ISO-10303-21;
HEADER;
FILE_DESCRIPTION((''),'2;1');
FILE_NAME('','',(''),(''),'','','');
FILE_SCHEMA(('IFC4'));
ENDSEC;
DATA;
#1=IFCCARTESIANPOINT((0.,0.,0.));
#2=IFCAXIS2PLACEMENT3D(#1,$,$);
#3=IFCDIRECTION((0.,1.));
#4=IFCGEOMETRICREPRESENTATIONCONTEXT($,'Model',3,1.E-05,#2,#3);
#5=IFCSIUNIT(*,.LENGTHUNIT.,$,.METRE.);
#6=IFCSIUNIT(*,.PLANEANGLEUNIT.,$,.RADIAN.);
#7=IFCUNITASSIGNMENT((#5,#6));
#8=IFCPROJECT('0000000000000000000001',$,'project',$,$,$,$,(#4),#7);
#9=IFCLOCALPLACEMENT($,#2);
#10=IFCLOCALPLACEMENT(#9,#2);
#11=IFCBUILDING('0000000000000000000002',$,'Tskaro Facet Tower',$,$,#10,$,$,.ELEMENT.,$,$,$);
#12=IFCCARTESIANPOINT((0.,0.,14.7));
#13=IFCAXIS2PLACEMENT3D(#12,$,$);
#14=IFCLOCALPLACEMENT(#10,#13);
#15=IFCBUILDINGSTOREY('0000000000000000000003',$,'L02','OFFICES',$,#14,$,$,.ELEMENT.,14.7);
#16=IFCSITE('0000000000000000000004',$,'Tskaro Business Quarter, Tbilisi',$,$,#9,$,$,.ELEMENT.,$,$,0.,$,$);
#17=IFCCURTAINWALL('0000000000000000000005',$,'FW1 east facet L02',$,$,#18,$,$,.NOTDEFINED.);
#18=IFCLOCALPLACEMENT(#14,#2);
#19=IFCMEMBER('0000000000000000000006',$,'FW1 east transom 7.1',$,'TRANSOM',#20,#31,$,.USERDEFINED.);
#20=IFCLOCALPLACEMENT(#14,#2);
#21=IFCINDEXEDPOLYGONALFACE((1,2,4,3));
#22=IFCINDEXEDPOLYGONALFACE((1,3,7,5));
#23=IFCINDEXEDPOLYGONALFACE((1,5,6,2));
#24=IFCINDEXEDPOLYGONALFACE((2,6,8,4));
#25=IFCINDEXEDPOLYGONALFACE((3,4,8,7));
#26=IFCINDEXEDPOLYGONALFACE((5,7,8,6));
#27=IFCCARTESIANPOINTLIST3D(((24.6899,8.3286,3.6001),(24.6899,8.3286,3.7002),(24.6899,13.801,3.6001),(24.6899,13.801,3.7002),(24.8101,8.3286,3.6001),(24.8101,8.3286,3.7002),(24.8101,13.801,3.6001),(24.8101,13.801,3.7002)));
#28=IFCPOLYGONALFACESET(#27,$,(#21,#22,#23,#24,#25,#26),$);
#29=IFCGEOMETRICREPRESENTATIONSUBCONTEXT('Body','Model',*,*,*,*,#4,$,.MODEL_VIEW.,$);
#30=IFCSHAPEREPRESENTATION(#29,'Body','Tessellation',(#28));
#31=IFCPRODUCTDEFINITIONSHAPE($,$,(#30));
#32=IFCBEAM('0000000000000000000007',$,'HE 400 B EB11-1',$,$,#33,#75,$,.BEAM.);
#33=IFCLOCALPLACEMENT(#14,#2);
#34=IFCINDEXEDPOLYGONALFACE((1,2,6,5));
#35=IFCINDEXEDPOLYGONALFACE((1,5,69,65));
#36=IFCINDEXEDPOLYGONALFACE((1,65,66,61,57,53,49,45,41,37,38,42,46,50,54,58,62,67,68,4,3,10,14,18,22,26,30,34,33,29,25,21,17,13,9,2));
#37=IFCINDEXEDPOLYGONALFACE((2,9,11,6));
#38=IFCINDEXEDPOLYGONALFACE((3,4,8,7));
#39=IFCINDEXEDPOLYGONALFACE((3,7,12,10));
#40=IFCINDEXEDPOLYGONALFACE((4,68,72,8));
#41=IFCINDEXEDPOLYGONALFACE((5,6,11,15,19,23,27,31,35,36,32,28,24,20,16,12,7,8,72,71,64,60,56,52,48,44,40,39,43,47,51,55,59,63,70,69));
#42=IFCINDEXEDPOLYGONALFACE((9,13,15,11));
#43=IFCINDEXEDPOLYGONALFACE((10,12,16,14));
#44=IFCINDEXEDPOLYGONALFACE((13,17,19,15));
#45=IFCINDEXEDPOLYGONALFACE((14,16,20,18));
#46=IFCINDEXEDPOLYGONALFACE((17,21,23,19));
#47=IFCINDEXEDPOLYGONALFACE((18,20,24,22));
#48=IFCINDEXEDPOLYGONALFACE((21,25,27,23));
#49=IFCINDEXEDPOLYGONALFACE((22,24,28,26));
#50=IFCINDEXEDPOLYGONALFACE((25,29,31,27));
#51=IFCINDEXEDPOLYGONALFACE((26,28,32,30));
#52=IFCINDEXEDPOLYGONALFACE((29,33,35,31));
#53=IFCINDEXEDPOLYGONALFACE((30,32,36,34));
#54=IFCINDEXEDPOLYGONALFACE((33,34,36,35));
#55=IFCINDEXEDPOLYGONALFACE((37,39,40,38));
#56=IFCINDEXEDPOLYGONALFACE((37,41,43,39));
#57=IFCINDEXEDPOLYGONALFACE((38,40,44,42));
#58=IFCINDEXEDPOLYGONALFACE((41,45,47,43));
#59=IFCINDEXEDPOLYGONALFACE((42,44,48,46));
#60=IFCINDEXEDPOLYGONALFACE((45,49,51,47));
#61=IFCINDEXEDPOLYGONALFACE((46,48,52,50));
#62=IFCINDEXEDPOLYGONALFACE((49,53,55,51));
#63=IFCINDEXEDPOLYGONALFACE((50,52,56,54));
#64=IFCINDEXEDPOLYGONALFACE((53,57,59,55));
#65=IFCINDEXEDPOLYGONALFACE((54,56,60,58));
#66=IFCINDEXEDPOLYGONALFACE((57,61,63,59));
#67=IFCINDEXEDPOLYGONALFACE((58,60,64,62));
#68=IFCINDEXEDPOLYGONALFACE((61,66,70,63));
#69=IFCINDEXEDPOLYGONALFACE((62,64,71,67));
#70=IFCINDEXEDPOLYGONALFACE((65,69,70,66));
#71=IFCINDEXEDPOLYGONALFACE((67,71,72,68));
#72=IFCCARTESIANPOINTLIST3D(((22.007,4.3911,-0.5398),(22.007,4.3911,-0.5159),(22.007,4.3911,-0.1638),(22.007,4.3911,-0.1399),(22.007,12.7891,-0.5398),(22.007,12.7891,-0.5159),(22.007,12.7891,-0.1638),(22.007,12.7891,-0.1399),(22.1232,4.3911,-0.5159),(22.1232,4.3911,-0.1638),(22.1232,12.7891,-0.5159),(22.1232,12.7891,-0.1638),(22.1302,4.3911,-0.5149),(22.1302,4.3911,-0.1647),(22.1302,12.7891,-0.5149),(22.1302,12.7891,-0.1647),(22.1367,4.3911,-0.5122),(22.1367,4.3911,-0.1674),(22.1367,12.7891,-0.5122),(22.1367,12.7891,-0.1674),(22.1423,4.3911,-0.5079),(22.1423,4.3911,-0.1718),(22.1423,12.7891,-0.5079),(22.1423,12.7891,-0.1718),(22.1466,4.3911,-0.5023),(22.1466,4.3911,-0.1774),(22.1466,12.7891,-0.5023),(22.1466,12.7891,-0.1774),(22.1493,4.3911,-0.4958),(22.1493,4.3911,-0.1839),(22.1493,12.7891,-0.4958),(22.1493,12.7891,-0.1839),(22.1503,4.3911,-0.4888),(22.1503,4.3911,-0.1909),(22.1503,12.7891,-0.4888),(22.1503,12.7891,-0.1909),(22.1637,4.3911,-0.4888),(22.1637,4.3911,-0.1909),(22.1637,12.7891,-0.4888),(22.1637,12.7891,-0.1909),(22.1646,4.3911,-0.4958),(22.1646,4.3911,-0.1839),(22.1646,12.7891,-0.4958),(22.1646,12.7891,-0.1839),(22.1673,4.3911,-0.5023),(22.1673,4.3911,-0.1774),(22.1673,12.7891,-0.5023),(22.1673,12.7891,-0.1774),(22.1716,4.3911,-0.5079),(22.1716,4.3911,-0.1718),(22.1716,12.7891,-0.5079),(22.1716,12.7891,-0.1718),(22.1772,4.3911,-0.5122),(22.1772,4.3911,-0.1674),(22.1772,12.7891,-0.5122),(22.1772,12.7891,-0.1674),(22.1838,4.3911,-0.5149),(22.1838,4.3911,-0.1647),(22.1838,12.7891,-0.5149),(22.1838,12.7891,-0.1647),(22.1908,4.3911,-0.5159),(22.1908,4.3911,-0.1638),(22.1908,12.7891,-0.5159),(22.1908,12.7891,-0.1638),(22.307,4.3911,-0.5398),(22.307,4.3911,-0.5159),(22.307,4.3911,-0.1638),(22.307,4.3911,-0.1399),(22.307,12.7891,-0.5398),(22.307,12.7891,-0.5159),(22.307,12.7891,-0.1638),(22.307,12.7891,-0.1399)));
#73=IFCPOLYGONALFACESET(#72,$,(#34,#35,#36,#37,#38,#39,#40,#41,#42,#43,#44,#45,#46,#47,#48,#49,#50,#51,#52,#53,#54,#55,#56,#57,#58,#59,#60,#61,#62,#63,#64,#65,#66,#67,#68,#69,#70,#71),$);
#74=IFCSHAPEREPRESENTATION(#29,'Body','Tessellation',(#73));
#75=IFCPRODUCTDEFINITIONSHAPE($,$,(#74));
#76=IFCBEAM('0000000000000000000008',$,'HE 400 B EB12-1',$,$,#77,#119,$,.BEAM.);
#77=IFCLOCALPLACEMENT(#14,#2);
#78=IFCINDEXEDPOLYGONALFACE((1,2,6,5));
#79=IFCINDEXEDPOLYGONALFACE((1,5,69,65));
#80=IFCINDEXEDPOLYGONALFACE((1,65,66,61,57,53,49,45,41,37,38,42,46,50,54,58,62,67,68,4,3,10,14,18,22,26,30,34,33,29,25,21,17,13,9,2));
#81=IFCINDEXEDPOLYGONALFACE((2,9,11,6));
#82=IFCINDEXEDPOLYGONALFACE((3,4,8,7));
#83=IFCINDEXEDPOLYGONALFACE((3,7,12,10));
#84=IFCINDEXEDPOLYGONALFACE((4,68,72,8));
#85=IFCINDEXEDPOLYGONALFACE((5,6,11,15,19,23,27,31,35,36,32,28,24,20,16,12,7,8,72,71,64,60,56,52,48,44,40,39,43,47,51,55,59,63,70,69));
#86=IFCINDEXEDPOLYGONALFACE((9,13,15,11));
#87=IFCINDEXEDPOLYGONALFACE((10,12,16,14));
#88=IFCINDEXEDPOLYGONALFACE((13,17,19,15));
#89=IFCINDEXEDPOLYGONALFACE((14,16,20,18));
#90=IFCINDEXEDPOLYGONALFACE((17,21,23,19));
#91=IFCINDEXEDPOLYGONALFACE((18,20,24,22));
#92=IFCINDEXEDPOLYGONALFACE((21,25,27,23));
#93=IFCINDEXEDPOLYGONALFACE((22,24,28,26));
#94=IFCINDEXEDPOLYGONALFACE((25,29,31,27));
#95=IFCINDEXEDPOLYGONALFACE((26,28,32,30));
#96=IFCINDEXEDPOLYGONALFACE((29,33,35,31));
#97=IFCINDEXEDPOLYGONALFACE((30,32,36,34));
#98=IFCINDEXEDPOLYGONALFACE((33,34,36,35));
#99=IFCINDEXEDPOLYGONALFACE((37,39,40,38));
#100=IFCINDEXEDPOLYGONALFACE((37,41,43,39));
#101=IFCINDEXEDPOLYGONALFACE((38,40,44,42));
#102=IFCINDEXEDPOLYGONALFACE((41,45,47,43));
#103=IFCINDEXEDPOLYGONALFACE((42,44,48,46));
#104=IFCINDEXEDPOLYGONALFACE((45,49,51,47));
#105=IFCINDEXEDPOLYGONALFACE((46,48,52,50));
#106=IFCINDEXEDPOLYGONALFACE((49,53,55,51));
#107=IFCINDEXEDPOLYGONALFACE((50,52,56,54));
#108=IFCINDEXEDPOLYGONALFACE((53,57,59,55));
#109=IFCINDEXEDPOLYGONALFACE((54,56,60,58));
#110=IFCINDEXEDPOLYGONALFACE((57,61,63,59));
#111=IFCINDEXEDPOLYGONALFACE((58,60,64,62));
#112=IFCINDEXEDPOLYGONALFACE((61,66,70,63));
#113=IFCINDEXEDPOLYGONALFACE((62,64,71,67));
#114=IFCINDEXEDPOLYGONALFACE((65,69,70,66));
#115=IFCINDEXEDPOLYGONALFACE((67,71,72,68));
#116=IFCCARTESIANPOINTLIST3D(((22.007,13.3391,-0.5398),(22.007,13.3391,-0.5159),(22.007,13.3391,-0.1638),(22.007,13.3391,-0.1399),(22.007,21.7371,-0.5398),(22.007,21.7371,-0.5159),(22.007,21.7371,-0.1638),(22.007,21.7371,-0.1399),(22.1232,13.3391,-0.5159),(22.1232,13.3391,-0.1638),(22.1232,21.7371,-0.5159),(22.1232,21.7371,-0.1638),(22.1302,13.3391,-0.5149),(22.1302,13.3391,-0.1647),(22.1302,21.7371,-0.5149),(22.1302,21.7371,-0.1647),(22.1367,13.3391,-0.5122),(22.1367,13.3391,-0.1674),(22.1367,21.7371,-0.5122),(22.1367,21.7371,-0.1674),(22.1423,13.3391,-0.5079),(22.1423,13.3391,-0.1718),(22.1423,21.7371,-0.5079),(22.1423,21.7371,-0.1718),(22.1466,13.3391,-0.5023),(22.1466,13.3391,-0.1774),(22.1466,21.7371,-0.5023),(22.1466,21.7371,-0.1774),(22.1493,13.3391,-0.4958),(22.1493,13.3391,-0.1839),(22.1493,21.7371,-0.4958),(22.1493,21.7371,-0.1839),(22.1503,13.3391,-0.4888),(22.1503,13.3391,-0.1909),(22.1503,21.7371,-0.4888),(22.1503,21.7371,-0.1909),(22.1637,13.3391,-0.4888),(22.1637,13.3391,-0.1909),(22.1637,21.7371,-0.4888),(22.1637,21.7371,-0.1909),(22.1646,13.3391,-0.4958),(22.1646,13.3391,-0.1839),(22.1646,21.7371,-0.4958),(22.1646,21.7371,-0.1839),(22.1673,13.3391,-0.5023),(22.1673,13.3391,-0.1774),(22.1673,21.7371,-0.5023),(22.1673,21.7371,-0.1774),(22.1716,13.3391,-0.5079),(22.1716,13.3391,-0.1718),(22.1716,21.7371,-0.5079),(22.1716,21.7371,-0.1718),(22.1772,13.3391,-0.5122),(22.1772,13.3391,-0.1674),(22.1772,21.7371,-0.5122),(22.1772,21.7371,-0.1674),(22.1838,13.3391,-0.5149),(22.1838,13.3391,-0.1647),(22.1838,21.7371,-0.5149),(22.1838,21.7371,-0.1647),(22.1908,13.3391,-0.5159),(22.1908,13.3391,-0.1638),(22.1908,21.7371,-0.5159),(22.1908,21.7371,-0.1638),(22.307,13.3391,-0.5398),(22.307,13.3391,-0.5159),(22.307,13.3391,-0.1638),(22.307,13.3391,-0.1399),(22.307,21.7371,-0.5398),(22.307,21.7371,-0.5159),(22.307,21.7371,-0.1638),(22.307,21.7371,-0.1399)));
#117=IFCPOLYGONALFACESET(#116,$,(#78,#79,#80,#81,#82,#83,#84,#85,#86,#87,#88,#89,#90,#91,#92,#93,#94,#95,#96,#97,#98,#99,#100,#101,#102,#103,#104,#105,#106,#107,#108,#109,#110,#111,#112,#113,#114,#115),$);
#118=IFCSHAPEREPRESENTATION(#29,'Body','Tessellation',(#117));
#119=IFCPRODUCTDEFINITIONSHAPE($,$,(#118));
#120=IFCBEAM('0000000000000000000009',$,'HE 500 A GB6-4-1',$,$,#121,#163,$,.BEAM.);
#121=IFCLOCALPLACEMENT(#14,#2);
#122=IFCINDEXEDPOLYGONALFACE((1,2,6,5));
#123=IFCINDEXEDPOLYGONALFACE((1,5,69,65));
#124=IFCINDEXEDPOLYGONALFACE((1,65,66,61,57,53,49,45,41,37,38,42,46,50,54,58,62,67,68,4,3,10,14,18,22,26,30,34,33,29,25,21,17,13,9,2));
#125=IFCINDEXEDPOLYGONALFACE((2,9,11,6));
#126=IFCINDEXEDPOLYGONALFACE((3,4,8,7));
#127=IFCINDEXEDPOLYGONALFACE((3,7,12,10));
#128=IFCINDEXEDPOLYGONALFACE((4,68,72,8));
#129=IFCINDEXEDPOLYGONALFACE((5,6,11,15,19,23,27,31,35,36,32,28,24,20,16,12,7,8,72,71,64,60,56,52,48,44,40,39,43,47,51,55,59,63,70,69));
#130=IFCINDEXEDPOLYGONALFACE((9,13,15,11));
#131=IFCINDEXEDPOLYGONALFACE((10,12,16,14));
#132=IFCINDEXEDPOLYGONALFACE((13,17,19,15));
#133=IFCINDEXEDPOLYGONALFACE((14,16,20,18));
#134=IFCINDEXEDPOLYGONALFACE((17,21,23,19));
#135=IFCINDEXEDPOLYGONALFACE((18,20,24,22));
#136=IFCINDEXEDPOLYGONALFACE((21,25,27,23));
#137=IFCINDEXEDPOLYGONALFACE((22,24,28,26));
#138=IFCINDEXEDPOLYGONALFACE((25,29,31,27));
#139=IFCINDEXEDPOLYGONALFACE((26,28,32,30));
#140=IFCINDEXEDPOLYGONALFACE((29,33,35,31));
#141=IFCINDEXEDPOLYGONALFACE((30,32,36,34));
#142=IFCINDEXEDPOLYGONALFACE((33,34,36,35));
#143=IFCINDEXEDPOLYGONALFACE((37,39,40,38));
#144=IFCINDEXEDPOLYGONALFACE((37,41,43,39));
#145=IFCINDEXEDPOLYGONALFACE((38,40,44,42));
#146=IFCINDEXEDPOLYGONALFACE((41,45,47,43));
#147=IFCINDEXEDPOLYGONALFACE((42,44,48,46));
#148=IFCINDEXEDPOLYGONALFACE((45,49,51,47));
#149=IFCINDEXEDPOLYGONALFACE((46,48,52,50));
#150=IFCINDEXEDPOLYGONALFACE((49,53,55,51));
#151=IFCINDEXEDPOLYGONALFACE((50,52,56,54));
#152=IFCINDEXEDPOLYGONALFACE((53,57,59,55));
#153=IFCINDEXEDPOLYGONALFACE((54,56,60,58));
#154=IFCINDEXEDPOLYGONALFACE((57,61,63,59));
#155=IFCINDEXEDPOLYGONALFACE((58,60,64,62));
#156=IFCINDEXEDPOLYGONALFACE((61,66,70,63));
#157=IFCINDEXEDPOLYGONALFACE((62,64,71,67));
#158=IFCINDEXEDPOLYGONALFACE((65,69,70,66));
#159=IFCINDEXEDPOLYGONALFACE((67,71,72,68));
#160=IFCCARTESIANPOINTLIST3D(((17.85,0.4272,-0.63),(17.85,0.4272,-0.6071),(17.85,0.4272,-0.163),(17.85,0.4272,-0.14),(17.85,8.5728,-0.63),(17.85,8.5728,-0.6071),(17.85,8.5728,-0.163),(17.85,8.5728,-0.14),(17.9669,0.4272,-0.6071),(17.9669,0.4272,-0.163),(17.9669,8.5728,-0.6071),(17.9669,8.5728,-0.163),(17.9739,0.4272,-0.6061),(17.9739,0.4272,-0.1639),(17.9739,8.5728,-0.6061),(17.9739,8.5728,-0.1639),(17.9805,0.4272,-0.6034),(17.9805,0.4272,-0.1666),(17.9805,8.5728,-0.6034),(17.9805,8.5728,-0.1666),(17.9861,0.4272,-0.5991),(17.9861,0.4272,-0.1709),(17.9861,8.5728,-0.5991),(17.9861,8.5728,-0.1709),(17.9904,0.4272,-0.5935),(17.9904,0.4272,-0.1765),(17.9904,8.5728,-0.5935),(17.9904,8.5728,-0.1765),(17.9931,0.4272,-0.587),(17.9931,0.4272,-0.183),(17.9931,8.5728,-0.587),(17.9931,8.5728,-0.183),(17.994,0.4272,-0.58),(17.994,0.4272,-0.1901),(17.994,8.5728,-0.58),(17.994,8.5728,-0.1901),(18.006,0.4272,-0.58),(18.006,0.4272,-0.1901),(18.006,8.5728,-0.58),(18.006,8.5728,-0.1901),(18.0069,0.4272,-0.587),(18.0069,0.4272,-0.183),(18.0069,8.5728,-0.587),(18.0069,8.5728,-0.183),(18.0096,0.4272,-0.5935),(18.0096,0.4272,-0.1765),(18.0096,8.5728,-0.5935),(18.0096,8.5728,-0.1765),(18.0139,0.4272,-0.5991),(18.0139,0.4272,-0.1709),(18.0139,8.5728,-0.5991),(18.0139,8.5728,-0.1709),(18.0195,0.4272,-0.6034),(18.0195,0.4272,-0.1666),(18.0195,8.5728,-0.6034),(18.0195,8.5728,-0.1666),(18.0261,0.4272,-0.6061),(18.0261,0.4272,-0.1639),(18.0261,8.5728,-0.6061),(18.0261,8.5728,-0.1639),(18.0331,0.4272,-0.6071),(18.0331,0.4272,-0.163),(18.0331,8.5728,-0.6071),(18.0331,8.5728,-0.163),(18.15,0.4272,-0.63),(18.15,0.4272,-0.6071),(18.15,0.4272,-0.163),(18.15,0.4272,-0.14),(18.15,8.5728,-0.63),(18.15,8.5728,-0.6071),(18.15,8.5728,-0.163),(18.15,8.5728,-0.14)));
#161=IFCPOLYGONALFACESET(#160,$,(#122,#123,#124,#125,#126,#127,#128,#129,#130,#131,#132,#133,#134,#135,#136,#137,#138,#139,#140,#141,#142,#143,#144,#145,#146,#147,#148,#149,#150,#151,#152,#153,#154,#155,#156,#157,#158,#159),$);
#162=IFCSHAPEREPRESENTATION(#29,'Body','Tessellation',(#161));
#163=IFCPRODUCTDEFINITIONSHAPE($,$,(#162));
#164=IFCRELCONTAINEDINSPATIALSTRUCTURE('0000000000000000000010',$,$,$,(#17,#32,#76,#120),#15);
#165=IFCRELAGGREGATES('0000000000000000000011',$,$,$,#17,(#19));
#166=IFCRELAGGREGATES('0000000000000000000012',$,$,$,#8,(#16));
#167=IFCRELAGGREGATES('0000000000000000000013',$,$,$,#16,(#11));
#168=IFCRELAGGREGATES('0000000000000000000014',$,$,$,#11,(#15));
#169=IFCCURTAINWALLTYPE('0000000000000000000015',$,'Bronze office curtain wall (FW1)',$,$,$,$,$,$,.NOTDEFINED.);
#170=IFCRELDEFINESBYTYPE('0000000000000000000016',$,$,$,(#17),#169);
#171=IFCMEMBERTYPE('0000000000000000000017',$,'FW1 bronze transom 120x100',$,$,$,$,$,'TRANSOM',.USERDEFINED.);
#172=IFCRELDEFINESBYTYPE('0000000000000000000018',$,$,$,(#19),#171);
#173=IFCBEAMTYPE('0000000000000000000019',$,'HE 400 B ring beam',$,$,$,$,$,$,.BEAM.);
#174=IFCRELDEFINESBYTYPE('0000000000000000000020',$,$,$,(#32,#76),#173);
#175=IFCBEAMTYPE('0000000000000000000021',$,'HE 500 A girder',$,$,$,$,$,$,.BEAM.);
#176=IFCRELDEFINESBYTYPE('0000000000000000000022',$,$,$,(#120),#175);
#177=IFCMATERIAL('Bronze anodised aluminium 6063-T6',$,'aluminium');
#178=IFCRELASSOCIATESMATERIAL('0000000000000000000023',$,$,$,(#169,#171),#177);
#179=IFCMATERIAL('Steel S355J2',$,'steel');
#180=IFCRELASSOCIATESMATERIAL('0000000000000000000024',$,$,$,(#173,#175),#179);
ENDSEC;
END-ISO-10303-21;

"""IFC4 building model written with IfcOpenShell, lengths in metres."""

from ifc_helpers import new_model, si_unit, direction, frame, origin, origin_2d, place, context, subcontext, project, spatial, rectangle, i_section, extrude, material, material_profile, profile_set, type_object, element, aggregate, save


model = new_model("IFC4")

# Units and contexts
model_context = context("Model", 3, precision=1e-05, world=origin(), true_north=direction((0.0, 1.0)))
body_context = subcontext(model_context, "Body", "Model", "MODEL_VIEW")
ifc_project = project(units=[si_unit("LENGTHUNIT", "METRE"), si_unit("PLANEANGLEUNIT", "RADIAN")], contexts=[model_context])

# Site, building, storey
site_placement = place(None, origin())
site = spatial("IfcSite", under=ifc_project, at=site_placement, Name="Tskaro Business Quarter, Tbilisi", CompositionType="ELEMENT", RefElevation=0.0)
building_placement = place(site_placement, origin())
building = spatial("IfcBuilding", under=site, at=building_placement, Name="Tskaro Facet Tower", CompositionType="ELEMENT")
storey_placement = place(building_placement, frame((0.0, 0.0, 14.7)))
storey = spatial("IfcBuildingStorey", under=building, at=storey_placement, Name="L02", Description="OFFICES", CompositionType="ELEMENT", Elevation=14.7)

# Curtain wall, member
ifc_material_1 = material(Name="Bronze anodised aluminium 6063-T6", Category="aluminium")
curtain_wall_type = type_object("IfcCurtainWallType", Name="Bronze office curtain wall (FW1)", PredefinedType="NOTDEFINED", material=ifc_material_1)
curtain_wall_placement = place(storey_placement, origin())
curtain_wall = element("IfcCurtainWall", 1, at=curtain_wall_placement, inside=storey, type_object=curtain_wall_type, Name="FW1 east facet L02", PredefinedType="NOTDEFINED")
ifc_material_profile_1 = material_profile(ifc_material_1, rectangle(XDim=0.1201, YDim=0.1001, at=origin_2d()), Name="Transom 120x100")
ifc_profile_set_1 = profile_set([ifc_material_profile_1], Name="Bronze anodised aluminium 6063-T6")
member_type_1 = type_object("IfcMemberType", Name="FW1 bronze transom 120x100", ElementType="TRANSOM", PredefinedType="USERDEFINED", material=ifc_profile_set_1)
member_1_placement = place(storey_placement, frame((24.75, 8.3286, 3.6501), z_axis=(0.0, 1.0, 0.0), x_axis=(-1.0, 0.0, 0.0)))
member_1 = element("IfcMember", 2, at=member_1_placement, type_object=member_type_1, Name="FW1 east transom 7.1", ObjectType="TRANSOM", PredefinedType="USERDEFINED", context=body_context, shape_type="SweptSolid", body=[
    extrude(rectangle(XDim=0.1201, YDim=0.1001, at=origin_2d()), origin(), (0.0, 0.0, 1.0), 5.4724),
])

# Beams
ifc_material_2 = material(Name="Steel S355J2", Category="steel")
ifc_material_profile_2 = material_profile(ifc_material_2, i_section(OverallWidth=0.3, OverallDepth=0.3999, WebThickness=0.0134, FlangeThickness=0.0239, FilletRadius=0.0271, at=origin_2d()), Name="HE 400 B")
ifc_profile_set_2 = profile_set([ifc_material_profile_2], Name="Steel S355J2")
beam_type_1 = type_object("IfcBeamType", Name="HE 400 B ring beam", PredefinedType="BEAM", material=ifc_profile_set_2)
for number, where, z_axis, x_axis, name in (
    (3, (22.157, 4.3911, -0.3398), (0.0, 1.0, 0.0), (-1.0, 0.0, 0.0), "HE 400 B EB11-1"),
    (4, (22.157, 13.3391, -0.3398), (0.0, 1.0, 0.0), (-1.0, 0.0, 0.0), "HE 400 B EB12-1"),
):
    element("IfcBeam", number, at=place(storey_placement, frame(where, z_axis=z_axis, x_axis=x_axis)), inside=storey, type_object=beam_type_1, Name=name, PredefinedType="BEAM", context=body_context, shape_type="SweptSolid", body=[
        extrude(i_section(OverallWidth=0.3, OverallDepth=0.3999, WebThickness=0.0134, FlangeThickness=0.0239, FilletRadius=0.0271, at=origin_2d()), origin(), (0.0, 0.0, 1.0), 8.3979),
    ])
ifc_material_profile_3 = material_profile(ifc_material_2, i_section(OverallWidth=0.3, OverallDepth=0.49, WebThickness=0.012, FlangeThickness=0.0229, FilletRadius=0.0271, at=origin_2d()), Name="HE 500 A")
ifc_profile_set_3 = profile_set([ifc_material_profile_3], Name="Steel S355J2")
beam_type_2 = type_object("IfcBeamType", Name="HE 500 A girder", PredefinedType="BEAM", material=ifc_profile_set_3)
for number, where, z_axis, x_axis, name in (
    (5, (18.0, 0.4272, -0.385), (0.0, 1.0, 0.0), (-1.0, 0.0, 0.0), "HE 500 A GB6-4-1"),
):
    element("IfcBeam", number, at=place(storey_placement, frame(where, z_axis=z_axis, x_axis=x_axis)), inside=storey, type_object=beam_type_2, Name=name, PredefinedType="BEAM", context=body_context, shape_type="SweptSolid", body=[
        extrude(i_section(OverallWidth=0.3, OverallDepth=0.49, WebThickness=0.012, FlangeThickness=0.0229, FilletRadius=0.0271, at=origin_2d()), origin(), (0.0, 0.0, 1.0), 8.1455),
    ])

aggregate(curtain_wall, [member_1])

save(model, "model.ifc")
